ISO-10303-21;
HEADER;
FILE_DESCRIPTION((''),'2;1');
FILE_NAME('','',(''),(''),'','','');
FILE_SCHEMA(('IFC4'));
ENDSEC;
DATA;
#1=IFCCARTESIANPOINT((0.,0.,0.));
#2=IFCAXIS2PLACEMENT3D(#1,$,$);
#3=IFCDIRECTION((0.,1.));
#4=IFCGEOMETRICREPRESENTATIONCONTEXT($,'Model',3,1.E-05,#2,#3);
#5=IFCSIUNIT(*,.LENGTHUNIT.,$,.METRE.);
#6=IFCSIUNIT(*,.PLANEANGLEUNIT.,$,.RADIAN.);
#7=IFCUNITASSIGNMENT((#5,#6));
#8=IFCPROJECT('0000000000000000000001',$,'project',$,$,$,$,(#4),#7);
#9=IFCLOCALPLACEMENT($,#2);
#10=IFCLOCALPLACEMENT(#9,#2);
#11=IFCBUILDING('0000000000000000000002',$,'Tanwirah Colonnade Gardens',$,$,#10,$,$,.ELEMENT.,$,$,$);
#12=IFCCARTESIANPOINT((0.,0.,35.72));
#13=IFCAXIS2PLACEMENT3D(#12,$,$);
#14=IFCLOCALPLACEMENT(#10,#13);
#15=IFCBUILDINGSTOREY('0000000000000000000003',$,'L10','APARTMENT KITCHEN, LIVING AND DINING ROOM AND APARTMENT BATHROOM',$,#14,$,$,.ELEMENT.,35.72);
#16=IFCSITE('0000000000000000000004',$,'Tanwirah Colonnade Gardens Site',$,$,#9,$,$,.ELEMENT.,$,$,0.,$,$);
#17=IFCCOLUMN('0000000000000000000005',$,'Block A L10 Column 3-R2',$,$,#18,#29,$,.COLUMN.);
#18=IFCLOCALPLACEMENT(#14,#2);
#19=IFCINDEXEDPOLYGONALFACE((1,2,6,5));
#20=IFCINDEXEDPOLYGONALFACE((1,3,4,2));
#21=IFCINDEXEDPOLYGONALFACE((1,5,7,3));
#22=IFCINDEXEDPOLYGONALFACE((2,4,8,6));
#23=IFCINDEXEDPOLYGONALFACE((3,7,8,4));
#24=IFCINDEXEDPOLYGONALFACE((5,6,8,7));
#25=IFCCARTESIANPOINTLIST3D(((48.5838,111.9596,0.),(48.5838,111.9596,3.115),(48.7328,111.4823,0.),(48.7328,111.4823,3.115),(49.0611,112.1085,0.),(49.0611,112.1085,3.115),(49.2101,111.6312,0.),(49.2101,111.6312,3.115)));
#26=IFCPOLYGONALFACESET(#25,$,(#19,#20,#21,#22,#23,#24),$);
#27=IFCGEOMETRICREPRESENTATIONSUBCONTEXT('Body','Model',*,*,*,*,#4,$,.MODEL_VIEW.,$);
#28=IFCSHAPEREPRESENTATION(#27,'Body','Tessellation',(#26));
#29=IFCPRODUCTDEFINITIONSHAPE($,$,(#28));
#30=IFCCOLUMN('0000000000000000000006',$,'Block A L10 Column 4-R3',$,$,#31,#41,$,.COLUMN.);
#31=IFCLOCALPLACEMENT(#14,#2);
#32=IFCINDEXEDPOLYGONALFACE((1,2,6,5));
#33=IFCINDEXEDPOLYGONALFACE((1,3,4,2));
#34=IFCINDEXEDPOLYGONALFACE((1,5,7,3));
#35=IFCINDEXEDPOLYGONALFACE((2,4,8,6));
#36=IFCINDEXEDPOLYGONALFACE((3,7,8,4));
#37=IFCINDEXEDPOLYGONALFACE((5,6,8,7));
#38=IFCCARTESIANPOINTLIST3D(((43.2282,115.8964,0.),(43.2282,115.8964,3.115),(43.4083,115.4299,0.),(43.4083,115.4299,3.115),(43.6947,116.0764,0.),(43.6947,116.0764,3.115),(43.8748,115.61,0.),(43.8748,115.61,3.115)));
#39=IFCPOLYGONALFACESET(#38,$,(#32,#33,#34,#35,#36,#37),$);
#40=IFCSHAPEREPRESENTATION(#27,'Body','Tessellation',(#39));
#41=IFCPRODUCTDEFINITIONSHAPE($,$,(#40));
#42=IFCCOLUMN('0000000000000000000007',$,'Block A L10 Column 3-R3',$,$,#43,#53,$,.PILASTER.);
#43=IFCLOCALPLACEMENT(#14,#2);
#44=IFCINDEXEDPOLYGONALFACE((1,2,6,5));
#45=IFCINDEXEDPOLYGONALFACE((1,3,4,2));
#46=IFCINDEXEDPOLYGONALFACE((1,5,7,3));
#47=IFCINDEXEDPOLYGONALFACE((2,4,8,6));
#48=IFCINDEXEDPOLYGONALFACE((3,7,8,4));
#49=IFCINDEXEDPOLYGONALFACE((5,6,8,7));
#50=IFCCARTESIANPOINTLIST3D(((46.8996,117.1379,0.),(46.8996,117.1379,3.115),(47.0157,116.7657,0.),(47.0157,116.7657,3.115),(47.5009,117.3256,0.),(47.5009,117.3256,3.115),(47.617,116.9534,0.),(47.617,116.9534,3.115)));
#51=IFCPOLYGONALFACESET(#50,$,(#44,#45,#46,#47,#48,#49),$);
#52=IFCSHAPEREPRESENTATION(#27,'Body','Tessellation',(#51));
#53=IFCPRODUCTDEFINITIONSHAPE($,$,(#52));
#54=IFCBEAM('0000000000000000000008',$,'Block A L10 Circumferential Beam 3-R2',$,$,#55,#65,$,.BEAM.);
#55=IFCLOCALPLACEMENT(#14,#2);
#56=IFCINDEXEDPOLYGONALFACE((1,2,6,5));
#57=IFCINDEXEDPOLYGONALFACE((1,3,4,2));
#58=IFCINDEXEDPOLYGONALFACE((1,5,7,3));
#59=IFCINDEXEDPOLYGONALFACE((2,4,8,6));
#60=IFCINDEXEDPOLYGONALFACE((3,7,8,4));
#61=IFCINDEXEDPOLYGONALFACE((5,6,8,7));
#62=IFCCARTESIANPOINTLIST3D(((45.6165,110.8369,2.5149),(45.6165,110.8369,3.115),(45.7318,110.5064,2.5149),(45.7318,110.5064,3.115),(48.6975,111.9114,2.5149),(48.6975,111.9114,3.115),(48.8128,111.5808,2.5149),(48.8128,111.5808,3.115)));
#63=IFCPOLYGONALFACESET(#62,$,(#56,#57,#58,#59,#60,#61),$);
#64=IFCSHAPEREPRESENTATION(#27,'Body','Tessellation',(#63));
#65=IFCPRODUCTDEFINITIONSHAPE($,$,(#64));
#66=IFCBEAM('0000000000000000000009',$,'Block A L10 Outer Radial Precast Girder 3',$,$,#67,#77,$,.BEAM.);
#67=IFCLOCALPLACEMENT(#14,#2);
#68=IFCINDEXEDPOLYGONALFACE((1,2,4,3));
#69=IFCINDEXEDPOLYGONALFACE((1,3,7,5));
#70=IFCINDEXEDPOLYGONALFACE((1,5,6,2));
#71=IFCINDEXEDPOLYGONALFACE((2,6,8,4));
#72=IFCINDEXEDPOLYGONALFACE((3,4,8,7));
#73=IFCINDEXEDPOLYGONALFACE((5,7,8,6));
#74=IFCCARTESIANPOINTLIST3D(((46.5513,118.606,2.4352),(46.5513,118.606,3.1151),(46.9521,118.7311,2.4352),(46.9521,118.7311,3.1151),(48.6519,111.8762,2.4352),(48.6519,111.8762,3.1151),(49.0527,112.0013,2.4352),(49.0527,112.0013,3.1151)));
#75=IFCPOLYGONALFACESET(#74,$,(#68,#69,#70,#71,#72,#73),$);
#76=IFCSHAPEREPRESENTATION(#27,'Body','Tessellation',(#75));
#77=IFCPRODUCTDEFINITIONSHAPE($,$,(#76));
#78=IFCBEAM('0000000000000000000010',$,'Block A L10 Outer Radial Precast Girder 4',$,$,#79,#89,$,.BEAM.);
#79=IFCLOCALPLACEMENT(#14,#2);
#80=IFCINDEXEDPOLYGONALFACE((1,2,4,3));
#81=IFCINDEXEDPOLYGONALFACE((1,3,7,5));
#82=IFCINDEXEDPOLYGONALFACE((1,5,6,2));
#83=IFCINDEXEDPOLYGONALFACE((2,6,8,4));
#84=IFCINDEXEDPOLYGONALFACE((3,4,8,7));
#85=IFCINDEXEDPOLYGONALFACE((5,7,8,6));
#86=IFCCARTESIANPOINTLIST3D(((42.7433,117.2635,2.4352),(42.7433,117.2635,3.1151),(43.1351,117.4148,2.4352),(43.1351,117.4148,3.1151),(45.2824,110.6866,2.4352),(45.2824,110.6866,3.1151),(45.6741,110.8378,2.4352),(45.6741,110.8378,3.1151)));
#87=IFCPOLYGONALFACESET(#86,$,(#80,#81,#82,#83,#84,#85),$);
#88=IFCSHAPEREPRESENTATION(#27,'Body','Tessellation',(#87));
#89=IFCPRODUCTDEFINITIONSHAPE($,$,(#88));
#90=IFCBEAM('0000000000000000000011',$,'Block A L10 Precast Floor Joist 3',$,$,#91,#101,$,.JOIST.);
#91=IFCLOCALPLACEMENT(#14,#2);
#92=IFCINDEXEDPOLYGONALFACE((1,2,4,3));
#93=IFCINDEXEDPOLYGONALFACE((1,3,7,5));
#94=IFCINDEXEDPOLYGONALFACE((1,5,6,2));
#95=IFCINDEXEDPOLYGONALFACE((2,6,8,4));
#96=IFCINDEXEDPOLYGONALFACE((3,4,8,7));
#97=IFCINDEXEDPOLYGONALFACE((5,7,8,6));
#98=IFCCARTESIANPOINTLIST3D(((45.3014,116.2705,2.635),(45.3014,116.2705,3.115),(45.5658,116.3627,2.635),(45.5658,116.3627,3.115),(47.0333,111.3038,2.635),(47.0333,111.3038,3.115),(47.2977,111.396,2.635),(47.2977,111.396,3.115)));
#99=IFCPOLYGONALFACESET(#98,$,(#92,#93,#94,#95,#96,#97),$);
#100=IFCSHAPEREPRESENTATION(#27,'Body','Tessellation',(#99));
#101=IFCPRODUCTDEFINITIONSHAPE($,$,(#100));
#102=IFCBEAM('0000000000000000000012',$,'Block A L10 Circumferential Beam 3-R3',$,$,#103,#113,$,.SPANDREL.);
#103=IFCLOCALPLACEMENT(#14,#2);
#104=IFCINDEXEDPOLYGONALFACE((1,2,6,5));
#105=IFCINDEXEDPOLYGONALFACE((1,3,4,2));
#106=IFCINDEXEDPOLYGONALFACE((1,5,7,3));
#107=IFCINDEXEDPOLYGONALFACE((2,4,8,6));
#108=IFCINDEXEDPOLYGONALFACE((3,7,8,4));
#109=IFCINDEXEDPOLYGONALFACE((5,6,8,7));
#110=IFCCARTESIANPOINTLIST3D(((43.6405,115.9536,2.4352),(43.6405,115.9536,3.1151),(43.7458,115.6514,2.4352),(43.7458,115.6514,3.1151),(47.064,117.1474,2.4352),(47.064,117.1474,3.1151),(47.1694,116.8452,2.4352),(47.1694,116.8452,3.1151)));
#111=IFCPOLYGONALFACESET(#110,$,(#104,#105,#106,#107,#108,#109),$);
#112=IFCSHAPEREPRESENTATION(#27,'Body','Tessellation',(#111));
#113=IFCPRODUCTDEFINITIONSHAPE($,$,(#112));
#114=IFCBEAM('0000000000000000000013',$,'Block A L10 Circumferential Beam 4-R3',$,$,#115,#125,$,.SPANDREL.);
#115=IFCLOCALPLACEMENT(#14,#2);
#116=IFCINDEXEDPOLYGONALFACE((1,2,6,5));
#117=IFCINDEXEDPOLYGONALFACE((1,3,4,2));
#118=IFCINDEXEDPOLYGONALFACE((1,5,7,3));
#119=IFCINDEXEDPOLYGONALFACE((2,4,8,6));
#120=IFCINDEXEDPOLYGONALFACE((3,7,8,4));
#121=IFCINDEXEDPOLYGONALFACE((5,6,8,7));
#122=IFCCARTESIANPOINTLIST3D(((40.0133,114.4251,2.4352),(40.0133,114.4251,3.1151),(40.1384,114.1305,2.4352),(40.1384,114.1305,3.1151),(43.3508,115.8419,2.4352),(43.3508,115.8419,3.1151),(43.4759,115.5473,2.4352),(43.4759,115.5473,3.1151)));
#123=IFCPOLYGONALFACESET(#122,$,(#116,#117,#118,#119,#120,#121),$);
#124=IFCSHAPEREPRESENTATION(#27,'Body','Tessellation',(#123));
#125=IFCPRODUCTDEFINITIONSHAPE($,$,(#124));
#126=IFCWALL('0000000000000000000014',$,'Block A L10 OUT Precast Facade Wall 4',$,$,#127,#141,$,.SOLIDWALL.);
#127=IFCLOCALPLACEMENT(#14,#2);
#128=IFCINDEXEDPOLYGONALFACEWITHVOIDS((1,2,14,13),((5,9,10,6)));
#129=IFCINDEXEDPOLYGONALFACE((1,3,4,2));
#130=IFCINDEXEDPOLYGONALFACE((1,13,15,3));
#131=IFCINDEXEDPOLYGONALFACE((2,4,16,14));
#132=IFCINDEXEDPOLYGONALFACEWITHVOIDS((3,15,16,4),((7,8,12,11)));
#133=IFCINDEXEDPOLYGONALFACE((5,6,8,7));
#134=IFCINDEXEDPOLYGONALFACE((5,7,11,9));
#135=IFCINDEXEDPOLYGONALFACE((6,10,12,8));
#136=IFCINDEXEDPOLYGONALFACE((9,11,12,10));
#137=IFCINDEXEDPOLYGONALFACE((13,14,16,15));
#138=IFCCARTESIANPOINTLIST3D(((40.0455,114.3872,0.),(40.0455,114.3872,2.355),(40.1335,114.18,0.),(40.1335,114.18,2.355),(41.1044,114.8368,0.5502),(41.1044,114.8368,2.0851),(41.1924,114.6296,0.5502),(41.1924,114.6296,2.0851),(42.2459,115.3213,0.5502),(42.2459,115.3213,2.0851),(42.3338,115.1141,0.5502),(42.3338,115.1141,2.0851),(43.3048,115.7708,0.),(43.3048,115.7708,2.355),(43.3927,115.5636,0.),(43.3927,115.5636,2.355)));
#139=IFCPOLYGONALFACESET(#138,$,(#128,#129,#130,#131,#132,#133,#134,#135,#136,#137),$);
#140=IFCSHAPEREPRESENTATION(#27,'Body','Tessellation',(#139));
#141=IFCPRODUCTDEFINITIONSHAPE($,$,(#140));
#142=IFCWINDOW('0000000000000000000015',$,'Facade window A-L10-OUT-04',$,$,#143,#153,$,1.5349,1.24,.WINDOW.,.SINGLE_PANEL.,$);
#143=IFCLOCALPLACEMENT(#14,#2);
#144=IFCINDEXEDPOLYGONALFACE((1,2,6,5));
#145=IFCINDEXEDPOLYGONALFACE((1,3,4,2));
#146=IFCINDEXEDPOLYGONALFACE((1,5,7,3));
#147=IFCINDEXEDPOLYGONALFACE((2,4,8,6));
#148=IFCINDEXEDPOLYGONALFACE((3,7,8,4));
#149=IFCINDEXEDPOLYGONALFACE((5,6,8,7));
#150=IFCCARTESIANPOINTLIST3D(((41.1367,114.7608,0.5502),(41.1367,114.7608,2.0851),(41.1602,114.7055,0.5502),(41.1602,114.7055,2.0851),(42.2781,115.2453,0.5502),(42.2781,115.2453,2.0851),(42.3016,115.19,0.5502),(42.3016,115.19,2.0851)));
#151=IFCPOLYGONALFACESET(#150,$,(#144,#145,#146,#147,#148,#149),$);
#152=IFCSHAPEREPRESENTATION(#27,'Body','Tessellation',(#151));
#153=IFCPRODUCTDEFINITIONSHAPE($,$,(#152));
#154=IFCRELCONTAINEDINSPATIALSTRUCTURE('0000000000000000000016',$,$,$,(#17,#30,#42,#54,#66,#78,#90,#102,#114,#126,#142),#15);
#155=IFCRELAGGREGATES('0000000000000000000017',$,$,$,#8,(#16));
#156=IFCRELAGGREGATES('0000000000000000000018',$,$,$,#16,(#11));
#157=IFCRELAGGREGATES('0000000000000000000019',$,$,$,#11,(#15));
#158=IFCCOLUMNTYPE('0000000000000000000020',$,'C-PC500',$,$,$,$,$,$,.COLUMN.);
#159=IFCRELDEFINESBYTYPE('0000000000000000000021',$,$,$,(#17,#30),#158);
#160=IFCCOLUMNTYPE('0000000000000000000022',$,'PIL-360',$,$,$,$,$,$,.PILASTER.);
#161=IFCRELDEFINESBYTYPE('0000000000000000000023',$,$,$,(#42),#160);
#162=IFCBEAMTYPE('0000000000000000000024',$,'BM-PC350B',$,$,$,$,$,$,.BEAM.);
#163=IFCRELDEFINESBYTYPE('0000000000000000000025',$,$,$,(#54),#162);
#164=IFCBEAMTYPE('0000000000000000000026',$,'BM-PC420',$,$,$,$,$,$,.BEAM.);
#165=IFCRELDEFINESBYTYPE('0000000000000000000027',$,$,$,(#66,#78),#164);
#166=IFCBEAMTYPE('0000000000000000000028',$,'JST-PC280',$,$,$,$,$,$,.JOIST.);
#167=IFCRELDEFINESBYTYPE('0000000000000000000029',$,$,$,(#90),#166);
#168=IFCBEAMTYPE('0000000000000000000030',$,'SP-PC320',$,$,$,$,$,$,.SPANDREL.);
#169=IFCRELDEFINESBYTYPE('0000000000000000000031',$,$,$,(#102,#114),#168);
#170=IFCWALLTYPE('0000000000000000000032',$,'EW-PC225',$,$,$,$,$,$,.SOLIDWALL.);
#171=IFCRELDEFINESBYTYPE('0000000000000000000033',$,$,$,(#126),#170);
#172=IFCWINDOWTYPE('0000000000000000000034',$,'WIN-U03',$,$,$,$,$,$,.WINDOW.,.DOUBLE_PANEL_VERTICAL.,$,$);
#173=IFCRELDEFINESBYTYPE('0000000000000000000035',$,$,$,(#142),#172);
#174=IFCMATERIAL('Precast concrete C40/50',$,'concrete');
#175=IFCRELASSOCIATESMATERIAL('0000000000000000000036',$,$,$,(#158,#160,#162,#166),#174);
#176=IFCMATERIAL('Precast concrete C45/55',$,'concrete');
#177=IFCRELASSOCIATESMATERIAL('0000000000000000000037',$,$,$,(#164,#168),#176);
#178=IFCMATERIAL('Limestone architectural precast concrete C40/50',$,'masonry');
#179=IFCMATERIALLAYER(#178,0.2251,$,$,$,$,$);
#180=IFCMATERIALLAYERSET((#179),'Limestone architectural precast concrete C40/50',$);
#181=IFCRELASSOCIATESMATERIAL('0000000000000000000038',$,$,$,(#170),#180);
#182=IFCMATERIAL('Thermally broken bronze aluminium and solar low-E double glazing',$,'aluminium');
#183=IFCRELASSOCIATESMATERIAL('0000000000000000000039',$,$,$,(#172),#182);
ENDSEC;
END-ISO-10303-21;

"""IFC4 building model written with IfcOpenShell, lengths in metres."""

from ifc_helpers import new_model, si_unit, direction, frame, frame_2d, origin, origin_2d, place, context, subcontext, project, spatial, rectangle, extrude, material, layer, layer_set, material_profile, profile_set, type_object, element, fill, save


model = new_model("IFC4")

# Units and contexts
model_context = context("Model", 3, precision=1e-05, world=origin(), true_north=direction((0.0, 1.0)))
body_context = subcontext(model_context, "Body", "Model", "MODEL_VIEW")
ifc_project = project(units=[si_unit("LENGTHUNIT", "METRE"), si_unit("PLANEANGLEUNIT", "RADIAN")], contexts=[model_context])

# Site, building, storey
site_placement = place(None, origin())
site = spatial("IfcSite", under=ifc_project, at=site_placement, Name="Tanwirah Colonnade Gardens Site", CompositionType="ELEMENT", RefElevation=0.0)
building_placement = place(site_placement, origin())
building = spatial("IfcBuilding", under=site, at=building_placement, Name="Tanwirah Colonnade Gardens", CompositionType="ELEMENT")
storey_placement = place(building_placement, frame((0.0, 0.0, 35.72)))
storey = spatial("IfcBuildingStorey", under=building, at=storey_placement, Name="L10", Description="APARTMENT KITCHEN, LIVING AND DINING ROOM AND APARTMENT BATHROOM", CompositionType="ELEMENT", Elevation=35.72)

# Columns
ifc_material_1 = material(Name="Precast concrete C40/50", Category="concrete")
ifc_material_profile_1 = material_profile(ifc_material_1, rectangle(XDim=0.5, YDim=0.5, at=origin_2d()), Name="PC-COL 500x500")
ifc_profile_set_1 = profile_set([ifc_material_profile_1], Name="Precast concrete C40/50")
column_type_1 = type_object("IfcColumnType", Name="C-PC500", PredefinedType="COLUMN", material=ifc_profile_set_1)
for number, where, z_axis, x_axis, name in (
    (1, (48.897, 111.7954, 0.0), (0.0, 0.0, 1.0), (-0.29793, 0.954588, 0.0), "Block A L10 Column 3-R2"),
    (2, (43.5515, 115.7532, 0.0), (0.0, 0.0, 1.0), (-0.360178, 0.932884, 0.0), "Block A L10 Column 4-R3"),
):
    element("IfcColumn", number, at=place(storey_placement, frame(where, z_axis=z_axis, x_axis=x_axis)), inside=storey, type_object=column_type_1, Name=name, PredefinedType="COLUMN", context=body_context, shape_type="SweptSolid", body=[
        extrude(rectangle(XDim=0.5, YDim=0.5, at=origin_2d()), origin(), (0.0, 0.0, 1.0), 3.115),
    ])
ifc_material_profile_2 = material_profile(ifc_material_1, rectangle(XDim=0.3899, YDim=0.6299, at=origin_2d()), Name="PC-PIL 390x630")
ifc_profile_set_2 = profile_set([ifc_material_profile_2], Name="Precast concrete C40/50")
column_type_2 = type_object("IfcColumnType", Name="PIL-360", PredefinedType="PILASTER", material=ifc_profile_set_2)
column_placement = place(storey_placement, frame((47.2583, 117.0457, 0.0), z_axis=(0.0, 0.0, 1.0), x_axis=(-0.29793, 0.954588, 0.0)))
element("IfcColumn", 3, at=column_placement, inside=storey, type_object=column_type_2, Name="Block A L10 Column 3-R3", PredefinedType="PILASTER", context=body_context, shape_type="SweptSolid", body=[
    extrude(rectangle(XDim=0.3899, YDim=0.6299, at=origin_2d()), origin(), (0.0, 0.0, 1.0), 3.115),
])

# Beams
ifc_material_profile_3 = material_profile(ifc_material_1, rectangle(XDim=0.3501, YDim=0.6001, at=origin_2d()), Name="PC-BM 350x600")
ifc_profile_set_3 = profile_set([ifc_material_profile_3], Name="Precast concrete C40/50")
beam_type_1 = type_object("IfcBeamType", Name="BM-PC350B", PredefinedType="BEAM", material=ifc_profile_set_3)
beam_1_placement = place(storey_placement, frame((48.7551, 111.7461, 2.8149), z_axis=(-0.944231, -0.329284, 0.0), x_axis=(0.329284, -0.944231, 0.0)))
element("IfcBeam", 4, at=beam_1_placement, inside=storey, type_object=beam_type_1, Name="Block A L10 Circumferential Beam 3-R2", PredefinedType="BEAM", context=body_context, shape_type="SweptSolid", body=[
    extrude(rectangle(XDim=0.3501, YDim=0.6001, at=origin_2d()), origin(), (0.0, 0.0, 1.0), 3.2629),
])
ifc_material_2 = material(Name="Precast concrete C45/55", Category="concrete")
ifc_material_profile_4 = material_profile(ifc_material_2, rectangle(XDim=0.4199, YDim=0.6799, at=origin_2d()), Name="PC-BM 420x680")
ifc_profile_set_4 = profile_set([ifc_material_profile_4], Name="Precast concrete C45/55")
beam_type_2 = type_object("IfcBeamType", Name="BM-PC420", PredefinedType="BEAM", material=ifc_profile_set_4)
for number, where, z_axis, x_axis, name in (
    (5, (48.8523, 111.9387, 2.7751), (-0.297958, 0.954579, 0.0), (-0.954579, -0.297958, 0.0), "Block A L10 Outer Radial Precast Girder 3"),
    (6, (45.4783, 110.7622, 2.7751), (-0.360151, 0.932894, 0.0), (-0.932894, -0.360151, 0.0), "Block A L10 Outer Radial Precast Girder 4"),
):
    element("IfcBeam", number, at=place(storey_placement, frame(where, z_axis=z_axis, x_axis=x_axis)), inside=storey, type_object=beam_type_2, Name=name, PredefinedType="BEAM", context=body_context, shape_type="SweptSolid", body=[
        extrude(rectangle(XDim=0.4199, YDim=0.6799, at=origin_2d()), origin(), (0.0, 0.0, 1.0), 7.05),
    ])
ifc_material_profile_5 = material_profile(ifc_material_1, rectangle(XDim=0.28, YDim=0.48, at=origin_2d()), Name="PC-JST 280x480")
ifc_profile_set_5 = profile_set([ifc_material_profile_5], Name="Precast concrete C40/50")
beam_type_3 = type_object("IfcBeamType", Name="JST-PC280", PredefinedType="JOIST", material=ifc_profile_set_5)
beam_2_placement = place(storey_placement, frame((47.1655, 111.3499, 2.875), z_axis=(-0.329259, 0.94424, 0.0), x_axis=(-0.94424, -0.329259, 0.0)))
element("IfcBeam", 7, at=beam_2_placement, inside=storey, type_object=beam_type_3, Name="Block A L10 Precast Floor Joist 3", PredefinedType="JOIST", context=body_context, shape_type="SweptSolid", body=[
    extrude(rectangle(XDim=0.28, YDim=0.48, at=origin_2d()), origin(), (0.0, 0.0, 1.0), 5.26),
])
ifc_material_profile_6 = material_profile(ifc_material_2, rectangle(XDim=0.3201, YDim=0.6799, at=origin_2d()), Name="PC-SP 320x680")
ifc_profile_set_6 = profile_set([ifc_material_profile_6], Name="Precast concrete C45/55")
beam_type_4 = type_object("IfcBeamType", Name="SP-PC320", PredefinedType="SPANDREL", material=ifc_profile_set_6)
for number, where, z_axis, x_axis, name in (
    (8, (47.1167, 116.9963, 2.7751), (-0.944237, -0.329267, 0.0), (0.329267, -0.944237, 0.0), "Block A L10 Circumferential Beam 3-R3"),
    (9, (43.4133, 115.6946, 2.7751), (-0.920494, -0.390756, 0.0), (0.390756, -0.920494, 0.0), "Block A L10 Circumferential Beam 4-R3"),
):
    element("IfcBeam", number, at=place(storey_placement, frame(where, z_axis=z_axis, x_axis=x_axis)), inside=storey, type_object=beam_type_4, Name=name, PredefinedType="SPANDREL", context=body_context, shape_type="SweptSolid", body=[
        extrude(rectangle(XDim=0.3201, YDim=0.6799, at=origin_2d()), origin(), (0.0, 0.0, 1.0), 3.6257),
    ])

# Shared definitions
ifc_material_3 = material(Name="Limestone architectural precast concrete C40/50", Category="masonry")
ifc_layer_1 = layer(ifc_material_3, 0.2251)
ifc_layer_set_1 = layer_set([ifc_layer_1], Name="Limestone architectural precast concrete C40/50")
wall_type_1 = type_object("IfcWallType", Name="EW-PC225", PredefinedType="SOLIDWALL", material=ifc_layer_set_1)

# Wall, opening, window
wall_1_placement = place(storey_placement, frame((43.3489, 115.6672, 0.0), z_axis=(0.0, 0.0, 1.0), x_axis=(-0.920498, -0.390746, 0.0)))
wall_1 = element("IfcWall", 10, at=wall_1_placement, inside=storey, type_object=wall_type_1, Name="Block A L10 OUT Precast Facade Wall 4", PredefinedType="SOLIDWALL", context=body_context, shape_type="SweptSolid", body=[
    extrude(rectangle(XDim=3.5408, YDim=0.2251, at=frame_2d((1.7705, 0.0))), origin(), (0.0, 0.0, 1.0), 2.355),
])
opening_1_placement = place(wall_1_placement, frame((1.1504, 0.0, 0.55)))
opening_1 = element("IfcOpeningElement", 11, at=opening_1_placement, cuts=wall_1, PredefinedType="OPENING", context=body_context, shape_type="SweptSolid", body=[
    extrude(rectangle(XDim=1.24, YDim=1.5349, at=frame_2d((0.6201, 0.7676))), frame((0.0, 0.1226, 0.0), z_axis=(0.0, -1.0, 0.0), x_axis=(1.0, 0.0, 0.0)), (0.0, 0.0, 1.0), 0.2451),
])
ifc_material_4 = material(Name="Thermally broken bronze aluminium and solar low-E double glazing", Category="aluminium")
window_type = type_object("IfcWindowType", Name="WIN-U03", PartitioningType="DOUBLE_PANEL_VERTICAL", PredefinedType="WINDOW", material=ifc_material_4)
window_placement = place(opening_1_placement, origin())
window = element("IfcWindow", 12, at=window_placement, inside=storey, type_object=window_type, Name="Facade window A-L10-OUT-04", OverallHeight=1.5349, OverallWidth=1.24, PartitioningType="SINGLE_PANEL", PredefinedType="WINDOW", context=body_context, shape_type="SweptSolid", body=[
    extrude(rectangle(XDim=1.24, YDim=1.5349, at=frame_2d((0.6201, 0.7676))), frame((0.0, 0.03, 0.0), z_axis=(0.0, -1.0, 0.0), x_axis=(1.0, 0.0, 0.0)), (0.0, 0.0, 1.0), 0.0601),
])
fill(opening_1, window)

save(model, "model.ifc")
